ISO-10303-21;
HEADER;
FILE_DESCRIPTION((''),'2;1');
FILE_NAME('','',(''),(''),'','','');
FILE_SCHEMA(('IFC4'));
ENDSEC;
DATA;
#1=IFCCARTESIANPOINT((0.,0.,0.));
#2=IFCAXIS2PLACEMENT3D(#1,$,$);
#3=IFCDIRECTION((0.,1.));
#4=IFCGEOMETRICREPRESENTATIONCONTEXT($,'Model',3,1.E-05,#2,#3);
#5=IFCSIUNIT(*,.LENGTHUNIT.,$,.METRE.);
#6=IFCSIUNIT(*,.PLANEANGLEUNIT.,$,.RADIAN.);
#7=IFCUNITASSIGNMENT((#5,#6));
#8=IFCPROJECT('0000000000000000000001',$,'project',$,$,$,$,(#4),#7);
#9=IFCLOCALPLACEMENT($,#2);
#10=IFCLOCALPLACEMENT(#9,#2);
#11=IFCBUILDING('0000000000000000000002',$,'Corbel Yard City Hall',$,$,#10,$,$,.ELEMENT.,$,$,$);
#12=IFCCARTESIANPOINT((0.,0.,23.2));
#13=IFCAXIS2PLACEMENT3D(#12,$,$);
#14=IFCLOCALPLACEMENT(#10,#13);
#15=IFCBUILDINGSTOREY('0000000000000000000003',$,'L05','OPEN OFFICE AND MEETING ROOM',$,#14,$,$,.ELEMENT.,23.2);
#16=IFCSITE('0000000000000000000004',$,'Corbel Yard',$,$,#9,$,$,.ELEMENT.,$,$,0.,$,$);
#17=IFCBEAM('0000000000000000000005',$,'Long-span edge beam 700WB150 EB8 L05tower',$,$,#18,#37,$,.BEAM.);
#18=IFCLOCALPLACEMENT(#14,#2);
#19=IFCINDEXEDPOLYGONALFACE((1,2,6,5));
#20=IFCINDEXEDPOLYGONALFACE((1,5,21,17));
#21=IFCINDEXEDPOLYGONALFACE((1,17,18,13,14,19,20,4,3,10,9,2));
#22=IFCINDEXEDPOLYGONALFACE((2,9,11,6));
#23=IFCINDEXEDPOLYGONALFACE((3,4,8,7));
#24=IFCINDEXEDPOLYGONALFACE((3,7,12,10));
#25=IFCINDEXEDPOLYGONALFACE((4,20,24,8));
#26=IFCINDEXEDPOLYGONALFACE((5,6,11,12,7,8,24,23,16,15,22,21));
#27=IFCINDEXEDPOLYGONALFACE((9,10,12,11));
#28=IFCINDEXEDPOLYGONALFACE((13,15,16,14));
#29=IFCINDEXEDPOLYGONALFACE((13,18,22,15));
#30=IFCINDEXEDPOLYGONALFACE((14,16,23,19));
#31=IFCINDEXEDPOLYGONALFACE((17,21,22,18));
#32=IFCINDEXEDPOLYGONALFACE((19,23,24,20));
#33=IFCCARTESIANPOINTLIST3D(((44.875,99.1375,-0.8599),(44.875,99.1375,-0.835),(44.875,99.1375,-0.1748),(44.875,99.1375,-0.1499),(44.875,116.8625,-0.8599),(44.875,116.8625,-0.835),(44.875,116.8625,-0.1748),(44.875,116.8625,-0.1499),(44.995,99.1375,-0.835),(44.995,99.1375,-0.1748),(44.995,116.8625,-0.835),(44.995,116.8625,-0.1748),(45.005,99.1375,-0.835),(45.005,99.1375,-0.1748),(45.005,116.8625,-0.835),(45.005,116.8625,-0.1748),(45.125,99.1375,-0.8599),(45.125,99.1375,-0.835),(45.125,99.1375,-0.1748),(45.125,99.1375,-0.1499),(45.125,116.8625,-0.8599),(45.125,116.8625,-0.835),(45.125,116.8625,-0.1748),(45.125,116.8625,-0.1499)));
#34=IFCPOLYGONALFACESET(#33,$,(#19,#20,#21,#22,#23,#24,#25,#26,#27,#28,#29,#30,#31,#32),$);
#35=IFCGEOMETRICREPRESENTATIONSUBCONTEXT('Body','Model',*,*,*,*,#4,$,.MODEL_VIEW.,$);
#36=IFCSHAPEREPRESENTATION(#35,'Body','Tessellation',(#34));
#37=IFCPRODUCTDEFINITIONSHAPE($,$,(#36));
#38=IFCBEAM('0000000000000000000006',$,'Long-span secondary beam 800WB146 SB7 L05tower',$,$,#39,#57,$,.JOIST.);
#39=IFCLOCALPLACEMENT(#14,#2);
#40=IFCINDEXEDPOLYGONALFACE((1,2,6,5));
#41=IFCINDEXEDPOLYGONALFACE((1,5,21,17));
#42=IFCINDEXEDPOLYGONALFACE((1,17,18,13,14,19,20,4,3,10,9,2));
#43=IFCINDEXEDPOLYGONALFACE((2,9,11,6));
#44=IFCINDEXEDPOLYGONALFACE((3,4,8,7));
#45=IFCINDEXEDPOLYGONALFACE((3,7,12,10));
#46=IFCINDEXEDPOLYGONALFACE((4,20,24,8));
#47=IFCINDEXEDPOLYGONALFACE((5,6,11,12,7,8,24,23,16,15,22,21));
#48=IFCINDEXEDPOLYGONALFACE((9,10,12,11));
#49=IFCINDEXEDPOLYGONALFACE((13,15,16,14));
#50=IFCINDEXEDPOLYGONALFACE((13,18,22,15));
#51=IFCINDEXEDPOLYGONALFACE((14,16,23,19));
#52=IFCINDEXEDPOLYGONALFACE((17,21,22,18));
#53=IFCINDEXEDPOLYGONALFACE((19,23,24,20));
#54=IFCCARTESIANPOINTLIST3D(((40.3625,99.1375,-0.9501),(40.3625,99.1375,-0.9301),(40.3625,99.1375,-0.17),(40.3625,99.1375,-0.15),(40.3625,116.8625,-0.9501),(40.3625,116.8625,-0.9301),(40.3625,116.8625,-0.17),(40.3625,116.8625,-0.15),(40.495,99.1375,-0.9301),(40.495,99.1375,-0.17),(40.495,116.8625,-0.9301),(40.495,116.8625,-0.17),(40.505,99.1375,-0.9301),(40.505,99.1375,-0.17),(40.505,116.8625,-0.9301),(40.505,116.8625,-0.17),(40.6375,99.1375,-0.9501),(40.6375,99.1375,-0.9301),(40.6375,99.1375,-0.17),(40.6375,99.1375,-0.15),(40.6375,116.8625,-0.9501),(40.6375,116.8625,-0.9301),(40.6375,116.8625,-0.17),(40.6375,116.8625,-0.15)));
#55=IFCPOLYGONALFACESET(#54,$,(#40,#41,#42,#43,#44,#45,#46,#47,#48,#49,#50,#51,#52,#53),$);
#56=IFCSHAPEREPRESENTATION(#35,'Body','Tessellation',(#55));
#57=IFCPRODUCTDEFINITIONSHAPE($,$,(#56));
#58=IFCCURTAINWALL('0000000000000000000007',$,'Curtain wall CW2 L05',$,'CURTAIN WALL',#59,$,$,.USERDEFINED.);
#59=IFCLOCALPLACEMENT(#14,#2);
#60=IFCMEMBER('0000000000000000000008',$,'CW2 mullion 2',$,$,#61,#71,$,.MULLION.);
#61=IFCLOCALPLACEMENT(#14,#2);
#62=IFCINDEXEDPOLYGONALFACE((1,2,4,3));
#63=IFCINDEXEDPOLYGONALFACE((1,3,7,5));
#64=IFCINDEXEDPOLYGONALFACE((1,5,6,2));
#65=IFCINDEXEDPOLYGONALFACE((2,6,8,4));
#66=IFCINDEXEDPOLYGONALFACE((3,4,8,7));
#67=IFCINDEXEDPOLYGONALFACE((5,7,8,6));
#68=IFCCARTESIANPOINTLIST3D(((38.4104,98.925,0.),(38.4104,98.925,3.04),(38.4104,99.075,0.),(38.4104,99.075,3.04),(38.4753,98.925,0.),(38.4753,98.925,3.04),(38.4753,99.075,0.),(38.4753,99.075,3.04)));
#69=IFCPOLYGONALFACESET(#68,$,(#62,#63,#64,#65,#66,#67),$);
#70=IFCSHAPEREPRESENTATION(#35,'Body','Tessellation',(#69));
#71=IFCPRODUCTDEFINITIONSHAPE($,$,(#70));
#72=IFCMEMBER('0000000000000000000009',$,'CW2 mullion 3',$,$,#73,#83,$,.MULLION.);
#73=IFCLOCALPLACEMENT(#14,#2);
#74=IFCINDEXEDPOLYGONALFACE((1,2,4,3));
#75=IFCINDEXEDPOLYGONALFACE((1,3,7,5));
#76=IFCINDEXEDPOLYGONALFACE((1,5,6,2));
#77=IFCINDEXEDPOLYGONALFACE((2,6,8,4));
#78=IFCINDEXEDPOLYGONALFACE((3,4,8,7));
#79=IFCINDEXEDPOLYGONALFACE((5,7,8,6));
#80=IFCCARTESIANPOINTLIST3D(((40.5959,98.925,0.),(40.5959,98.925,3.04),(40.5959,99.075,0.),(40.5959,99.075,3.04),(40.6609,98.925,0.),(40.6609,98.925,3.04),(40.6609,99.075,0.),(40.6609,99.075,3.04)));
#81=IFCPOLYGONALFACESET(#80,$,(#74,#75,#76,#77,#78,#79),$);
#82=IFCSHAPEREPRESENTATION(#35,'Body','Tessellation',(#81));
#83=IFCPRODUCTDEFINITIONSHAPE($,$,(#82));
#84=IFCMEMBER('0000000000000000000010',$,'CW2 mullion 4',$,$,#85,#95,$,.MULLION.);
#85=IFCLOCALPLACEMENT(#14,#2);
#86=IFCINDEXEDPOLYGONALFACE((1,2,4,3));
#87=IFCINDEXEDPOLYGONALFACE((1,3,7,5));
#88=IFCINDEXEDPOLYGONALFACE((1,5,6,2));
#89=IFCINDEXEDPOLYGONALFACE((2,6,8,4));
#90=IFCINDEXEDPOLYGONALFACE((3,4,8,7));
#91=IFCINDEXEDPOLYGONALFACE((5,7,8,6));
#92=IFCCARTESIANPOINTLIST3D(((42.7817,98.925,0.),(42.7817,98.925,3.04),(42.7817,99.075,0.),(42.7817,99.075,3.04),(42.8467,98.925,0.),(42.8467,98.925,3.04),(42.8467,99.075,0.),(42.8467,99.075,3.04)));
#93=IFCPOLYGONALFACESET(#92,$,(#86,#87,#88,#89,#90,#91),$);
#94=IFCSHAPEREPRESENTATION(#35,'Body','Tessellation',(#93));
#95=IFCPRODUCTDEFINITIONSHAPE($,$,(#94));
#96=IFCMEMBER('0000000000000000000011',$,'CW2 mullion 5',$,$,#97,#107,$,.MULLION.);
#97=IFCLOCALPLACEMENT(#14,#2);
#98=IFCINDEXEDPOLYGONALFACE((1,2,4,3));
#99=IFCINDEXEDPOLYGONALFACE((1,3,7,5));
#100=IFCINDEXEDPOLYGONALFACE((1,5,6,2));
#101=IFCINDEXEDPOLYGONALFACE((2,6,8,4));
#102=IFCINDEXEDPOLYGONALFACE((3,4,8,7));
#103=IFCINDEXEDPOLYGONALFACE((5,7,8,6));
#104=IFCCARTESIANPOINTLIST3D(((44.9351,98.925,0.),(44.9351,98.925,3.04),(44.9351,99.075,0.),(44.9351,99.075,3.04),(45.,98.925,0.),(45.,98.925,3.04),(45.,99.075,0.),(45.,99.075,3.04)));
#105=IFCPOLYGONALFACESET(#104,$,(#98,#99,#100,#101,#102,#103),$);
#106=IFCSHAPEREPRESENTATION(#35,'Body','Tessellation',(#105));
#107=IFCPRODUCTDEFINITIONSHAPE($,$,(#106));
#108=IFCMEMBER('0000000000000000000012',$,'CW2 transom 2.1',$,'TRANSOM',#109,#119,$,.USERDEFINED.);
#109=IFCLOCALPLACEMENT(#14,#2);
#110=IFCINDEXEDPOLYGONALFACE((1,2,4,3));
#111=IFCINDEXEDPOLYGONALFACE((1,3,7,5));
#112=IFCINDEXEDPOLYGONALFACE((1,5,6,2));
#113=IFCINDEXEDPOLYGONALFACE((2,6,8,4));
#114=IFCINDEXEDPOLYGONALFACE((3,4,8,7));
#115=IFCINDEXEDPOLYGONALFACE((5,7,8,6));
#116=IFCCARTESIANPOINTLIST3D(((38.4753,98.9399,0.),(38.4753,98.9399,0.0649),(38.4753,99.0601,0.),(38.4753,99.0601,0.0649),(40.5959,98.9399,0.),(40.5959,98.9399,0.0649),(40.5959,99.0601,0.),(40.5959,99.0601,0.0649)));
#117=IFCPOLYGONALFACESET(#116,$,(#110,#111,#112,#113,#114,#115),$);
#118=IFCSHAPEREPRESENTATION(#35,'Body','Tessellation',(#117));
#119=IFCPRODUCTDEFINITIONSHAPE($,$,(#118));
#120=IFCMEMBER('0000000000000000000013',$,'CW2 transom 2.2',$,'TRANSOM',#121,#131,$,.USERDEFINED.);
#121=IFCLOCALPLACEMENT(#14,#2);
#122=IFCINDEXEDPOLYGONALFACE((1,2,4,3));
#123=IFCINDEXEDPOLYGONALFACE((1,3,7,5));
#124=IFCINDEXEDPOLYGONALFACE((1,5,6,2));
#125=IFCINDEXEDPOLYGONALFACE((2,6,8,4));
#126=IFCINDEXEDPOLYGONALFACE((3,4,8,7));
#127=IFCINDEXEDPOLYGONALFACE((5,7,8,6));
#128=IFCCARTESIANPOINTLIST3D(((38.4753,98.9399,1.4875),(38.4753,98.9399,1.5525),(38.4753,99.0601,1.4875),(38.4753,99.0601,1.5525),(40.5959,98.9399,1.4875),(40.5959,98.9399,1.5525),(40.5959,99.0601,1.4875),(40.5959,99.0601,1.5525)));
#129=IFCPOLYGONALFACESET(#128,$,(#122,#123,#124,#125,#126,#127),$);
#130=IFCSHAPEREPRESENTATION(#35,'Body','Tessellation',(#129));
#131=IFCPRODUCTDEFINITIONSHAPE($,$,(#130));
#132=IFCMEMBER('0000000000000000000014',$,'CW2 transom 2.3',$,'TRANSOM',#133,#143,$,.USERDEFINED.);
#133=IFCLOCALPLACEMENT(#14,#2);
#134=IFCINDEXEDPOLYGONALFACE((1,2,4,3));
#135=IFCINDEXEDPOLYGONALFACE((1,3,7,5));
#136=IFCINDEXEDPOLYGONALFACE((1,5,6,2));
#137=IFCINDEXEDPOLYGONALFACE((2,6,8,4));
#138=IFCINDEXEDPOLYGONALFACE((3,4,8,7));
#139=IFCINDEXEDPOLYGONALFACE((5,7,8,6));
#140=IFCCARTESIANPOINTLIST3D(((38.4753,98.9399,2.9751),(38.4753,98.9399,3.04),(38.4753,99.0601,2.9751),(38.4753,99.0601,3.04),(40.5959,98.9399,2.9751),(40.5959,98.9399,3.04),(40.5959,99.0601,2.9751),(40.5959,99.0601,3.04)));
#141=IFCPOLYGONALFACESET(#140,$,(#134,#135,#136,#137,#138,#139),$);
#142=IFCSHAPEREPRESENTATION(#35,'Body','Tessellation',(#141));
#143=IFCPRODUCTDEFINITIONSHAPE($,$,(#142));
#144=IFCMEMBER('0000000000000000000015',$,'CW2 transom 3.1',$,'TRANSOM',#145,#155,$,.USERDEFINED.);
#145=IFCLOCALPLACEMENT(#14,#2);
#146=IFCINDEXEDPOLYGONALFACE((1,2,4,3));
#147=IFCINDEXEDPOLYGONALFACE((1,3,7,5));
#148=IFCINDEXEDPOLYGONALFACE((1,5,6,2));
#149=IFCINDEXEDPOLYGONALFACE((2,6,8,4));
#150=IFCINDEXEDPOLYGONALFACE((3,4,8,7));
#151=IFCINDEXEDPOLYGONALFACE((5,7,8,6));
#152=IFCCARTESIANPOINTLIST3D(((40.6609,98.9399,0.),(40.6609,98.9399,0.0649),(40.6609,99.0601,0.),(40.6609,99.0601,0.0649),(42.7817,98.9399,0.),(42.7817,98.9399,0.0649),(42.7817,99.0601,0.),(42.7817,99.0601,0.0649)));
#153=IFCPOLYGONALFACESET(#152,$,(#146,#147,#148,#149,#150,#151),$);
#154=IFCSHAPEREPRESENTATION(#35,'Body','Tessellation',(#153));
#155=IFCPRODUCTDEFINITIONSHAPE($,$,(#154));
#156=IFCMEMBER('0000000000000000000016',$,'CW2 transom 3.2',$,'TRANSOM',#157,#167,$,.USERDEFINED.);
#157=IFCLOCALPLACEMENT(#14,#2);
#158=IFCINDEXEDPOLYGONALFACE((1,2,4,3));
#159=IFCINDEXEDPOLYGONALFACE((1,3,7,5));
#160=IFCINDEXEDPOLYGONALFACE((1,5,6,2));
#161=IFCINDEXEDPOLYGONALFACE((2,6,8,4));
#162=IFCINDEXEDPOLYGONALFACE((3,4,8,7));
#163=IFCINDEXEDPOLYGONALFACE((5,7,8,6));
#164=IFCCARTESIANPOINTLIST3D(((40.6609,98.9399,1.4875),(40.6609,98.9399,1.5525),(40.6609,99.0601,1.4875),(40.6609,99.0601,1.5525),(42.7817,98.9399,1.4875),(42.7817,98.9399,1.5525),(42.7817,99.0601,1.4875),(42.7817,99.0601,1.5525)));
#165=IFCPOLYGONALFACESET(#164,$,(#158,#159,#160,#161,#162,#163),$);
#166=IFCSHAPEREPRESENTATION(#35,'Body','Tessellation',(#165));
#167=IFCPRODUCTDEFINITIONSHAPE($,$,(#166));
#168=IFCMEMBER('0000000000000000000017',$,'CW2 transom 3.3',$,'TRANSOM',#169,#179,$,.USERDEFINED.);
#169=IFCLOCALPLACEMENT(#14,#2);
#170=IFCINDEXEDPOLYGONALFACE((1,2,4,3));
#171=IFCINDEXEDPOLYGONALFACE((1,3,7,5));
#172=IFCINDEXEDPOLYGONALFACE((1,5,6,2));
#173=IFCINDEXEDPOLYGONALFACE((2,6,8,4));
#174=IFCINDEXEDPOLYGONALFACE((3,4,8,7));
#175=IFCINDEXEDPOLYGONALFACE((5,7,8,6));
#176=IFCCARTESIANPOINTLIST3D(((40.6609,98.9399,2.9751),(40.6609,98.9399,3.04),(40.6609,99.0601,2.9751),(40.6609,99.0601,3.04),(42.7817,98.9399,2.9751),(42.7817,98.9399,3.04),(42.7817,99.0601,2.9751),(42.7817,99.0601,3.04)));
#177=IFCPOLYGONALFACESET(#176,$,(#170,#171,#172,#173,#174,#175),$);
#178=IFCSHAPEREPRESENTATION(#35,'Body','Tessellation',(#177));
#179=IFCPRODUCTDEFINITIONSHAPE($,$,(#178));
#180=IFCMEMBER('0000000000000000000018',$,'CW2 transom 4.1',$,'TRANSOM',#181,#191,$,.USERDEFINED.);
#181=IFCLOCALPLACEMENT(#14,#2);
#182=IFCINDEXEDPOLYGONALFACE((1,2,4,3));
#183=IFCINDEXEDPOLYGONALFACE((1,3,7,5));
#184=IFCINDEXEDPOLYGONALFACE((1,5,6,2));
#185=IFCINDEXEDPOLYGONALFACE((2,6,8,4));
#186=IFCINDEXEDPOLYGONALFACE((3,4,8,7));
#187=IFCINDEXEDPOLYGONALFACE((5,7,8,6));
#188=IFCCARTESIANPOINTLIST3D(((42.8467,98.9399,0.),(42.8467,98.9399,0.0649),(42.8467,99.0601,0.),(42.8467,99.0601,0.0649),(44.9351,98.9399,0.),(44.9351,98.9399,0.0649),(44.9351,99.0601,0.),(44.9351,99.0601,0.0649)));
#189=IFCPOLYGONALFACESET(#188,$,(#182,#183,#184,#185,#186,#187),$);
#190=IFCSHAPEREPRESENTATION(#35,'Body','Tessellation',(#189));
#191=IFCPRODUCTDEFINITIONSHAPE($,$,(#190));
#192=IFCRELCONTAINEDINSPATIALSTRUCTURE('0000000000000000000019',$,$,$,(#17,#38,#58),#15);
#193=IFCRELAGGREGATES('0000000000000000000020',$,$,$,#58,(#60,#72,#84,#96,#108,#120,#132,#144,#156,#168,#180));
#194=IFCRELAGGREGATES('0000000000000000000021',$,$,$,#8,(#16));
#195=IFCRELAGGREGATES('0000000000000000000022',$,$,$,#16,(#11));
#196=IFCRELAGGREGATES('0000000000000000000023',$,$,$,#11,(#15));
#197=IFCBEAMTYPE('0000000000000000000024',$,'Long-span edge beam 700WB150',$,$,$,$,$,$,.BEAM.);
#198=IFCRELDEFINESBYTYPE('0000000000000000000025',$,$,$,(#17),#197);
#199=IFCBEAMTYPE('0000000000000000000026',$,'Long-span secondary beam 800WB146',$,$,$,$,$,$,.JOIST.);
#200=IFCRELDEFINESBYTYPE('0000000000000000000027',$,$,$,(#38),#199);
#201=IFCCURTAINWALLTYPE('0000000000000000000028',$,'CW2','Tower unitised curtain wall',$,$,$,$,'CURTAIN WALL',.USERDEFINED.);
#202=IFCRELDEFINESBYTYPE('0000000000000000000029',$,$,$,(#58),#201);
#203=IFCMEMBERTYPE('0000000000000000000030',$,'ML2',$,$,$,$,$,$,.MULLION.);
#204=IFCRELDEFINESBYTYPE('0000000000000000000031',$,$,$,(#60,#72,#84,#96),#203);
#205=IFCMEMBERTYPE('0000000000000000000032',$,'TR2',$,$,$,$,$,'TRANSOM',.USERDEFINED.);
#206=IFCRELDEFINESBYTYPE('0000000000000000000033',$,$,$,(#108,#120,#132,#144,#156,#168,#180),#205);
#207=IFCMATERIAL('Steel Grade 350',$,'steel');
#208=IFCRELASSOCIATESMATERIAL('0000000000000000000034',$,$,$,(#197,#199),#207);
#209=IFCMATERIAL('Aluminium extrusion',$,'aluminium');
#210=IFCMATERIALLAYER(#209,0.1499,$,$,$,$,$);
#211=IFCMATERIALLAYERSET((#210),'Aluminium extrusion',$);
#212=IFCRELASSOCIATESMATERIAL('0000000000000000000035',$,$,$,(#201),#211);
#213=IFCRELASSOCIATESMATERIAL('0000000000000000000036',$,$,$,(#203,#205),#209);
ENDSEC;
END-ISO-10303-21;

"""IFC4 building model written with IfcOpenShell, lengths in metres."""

from ifc_helpers import new_model, si_unit, direction, frame, origin, origin_2d, place, context, subcontext, project, spatial, rectangle, i_section, extrude, material, layer, layer_set, material_profile, profile_set, type_object, element, aggregate, save


model = new_model("IFC4")

# Units and contexts
model_context = context("Model", 3, precision=1e-05, world=origin(), true_north=direction((0.0, 1.0)))
body_context = subcontext(model_context, "Body", "Model", "MODEL_VIEW")
ifc_project = project(units=[si_unit("LENGTHUNIT", "METRE"), si_unit("PLANEANGLEUNIT", "RADIAN")], contexts=[model_context])

# Site, building, storey
site_placement = place(None, origin())
site = spatial("IfcSite", under=ifc_project, at=site_placement, Name="Corbel Yard", CompositionType="ELEMENT", RefElevation=0.0)
building_placement = place(site_placement, origin())
building = spatial("IfcBuilding", under=site, at=building_placement, Name="Corbel Yard City Hall", CompositionType="ELEMENT")
storey_placement = place(building_placement, frame((0.0, 0.0, 23.2)))
storey = spatial("IfcBuildingStorey", under=building, at=storey_placement, Name="L05", Description="OPEN OFFICE AND MEETING ROOM", CompositionType="ELEMENT", Elevation=23.2)

# Beams
ifc_material_1 = material(Name="Steel Grade 350", Category="steel")
ifc_material_profile_1 = material_profile(ifc_material_1, i_section(OverallWidth=0.25, OverallDepth=0.71, WebThickness=0.01, FlangeThickness=0.0249, at=origin_2d()), Name="700WB150")
ifc_profile_set_1 = profile_set([ifc_material_profile_1], Name="Steel Grade 350")
beam_type_1 = type_object("IfcBeamType", Name="Long-span edge beam 700WB150", PredefinedType="BEAM", material=ifc_profile_set_1)
beam_1_placement = place(storey_placement, frame((45.0, 99.1375, -0.5049), z_axis=(0.0, 1.0, 0.0), x_axis=(-1.0, 0.0, 0.0)))
element("IfcBeam", 1, at=beam_1_placement, inside=storey, type_object=beam_type_1, Name="Long-span edge beam 700WB150 EB8 L05tower", PredefinedType="BEAM", context=body_context, shape_type="SweptSolid", body=[
    extrude(i_section(OverallWidth=0.25, OverallDepth=0.71, WebThickness=0.01, FlangeThickness=0.0249, at=origin_2d()), origin(), (0.0, 0.0, 1.0), 17.7251),
])
ifc_material_profile_2 = material_profile(ifc_material_1, i_section(OverallWidth=0.2749, OverallDepth=0.8, WebThickness=0.01, FlangeThickness=0.02, at=origin_2d()), Name="800WB146")
ifc_profile_set_2 = profile_set([ifc_material_profile_2], Name="Steel Grade 350")
beam_type_2 = type_object("IfcBeamType", Name="Long-span secondary beam 800WB146", PredefinedType="JOIST", material=ifc_profile_set_2)
beam_2_placement = place(storey_placement, frame((40.5, 99.1375, -0.55), z_axis=(0.0, 1.0, 0.0), x_axis=(-1.0, 0.0, 0.0)))
element("IfcBeam", 2, at=beam_2_placement, inside=storey, type_object=beam_type_2, Name="Long-span secondary beam 800WB146 SB7 L05tower", PredefinedType="JOIST", context=body_context, shape_type="SweptSolid", body=[
    extrude(i_section(OverallWidth=0.2749, OverallDepth=0.8, WebThickness=0.01, FlangeThickness=0.02, at=origin_2d()), origin(), (0.0, 0.0, 1.0), 17.7251),
])

# Curtain wall, members
ifc_material_2 = material(Name="Aluminium extrusion", Category="aluminium")
ifc_layer_1 = layer(ifc_material_2, 0.1499)
ifc_layer_set_1 = layer_set([ifc_layer_1], Name="Aluminium extrusion")
curtain_wall_type = type_object("IfcCurtainWallType", Name="CW2", Description="Tower unitised curtain wall", ElementType="CURTAIN WALL", PredefinedType="USERDEFINED", material=ifc_layer_set_1)
curtain_wall_placement = place(storey_placement, origin())
curtain_wall = element("IfcCurtainWall", 3, at=curtain_wall_placement, inside=storey, type_object=curtain_wall_type, Name="Curtain wall CW2 L05", ObjectType="CURTAIN WALL", PredefinedType="USERDEFINED")
ifc_material_profile_3 = material_profile(ifc_material_2, rectangle(XDim=0.1499, YDim=0.0649, at=origin_2d()), Name="150x65")
ifc_profile_set_3 = profile_set([ifc_material_profile_3], Name="Aluminium extrusion")
member_type_1 = type_object("IfcMemberType", Name="ML2", PredefinedType="MULLION", material=ifc_profile_set_3)
member_1_placement = place(storey_placement, frame((38.4429, 99.0, 0.0), z_axis=(0.0, 0.0, 1.0), x_axis=(0.0, 1.0, 0.0)))
member_1 = element("IfcMember", 4, at=member_1_placement, type_object=member_type_1, Name="CW2 mullion 2", PredefinedType="MULLION", context=body_context, shape_type="SweptSolid", body=[
    extrude(rectangle(XDim=0.1499, YDim=0.0649, at=origin_2d()), origin(), (0.0, 0.0, 1.0), 3.04),
])
member_2_placement = place(storey_placement, frame((40.6284, 99.0, 0.0), z_axis=(0.0, 0.0, 1.0), x_axis=(0.0, 1.0, 0.0)))
member_2 = element("IfcMember", 5, at=member_2_placement, type_object=member_type_1, Name="CW2 mullion 3", PredefinedType="MULLION", context=body_context, shape_type="SweptSolid", body=[
    extrude(rectangle(XDim=0.1499, YDim=0.0649, at=origin_2d()), origin(), (0.0, 0.0, 1.0), 3.04),
])
member_3_placement = place(storey_placement, frame((42.8142, 99.0, 0.0), z_axis=(0.0, 0.0, 1.0), x_axis=(0.0, 1.0, 0.0)))
member_3 = element("IfcMember", 6, at=member_3_placement, type_object=member_type_1, Name="CW2 mullion 4", PredefinedType="MULLION", context=body_context, shape_type="SweptSolid", body=[
    extrude(rectangle(XDim=0.1499, YDim=0.0649, at=origin_2d()), origin(), (0.0, 0.0, 1.0), 3.04),
])
member_4_placement = place(storey_placement, frame((44.9675, 99.0, 0.0), z_axis=(0.0, 0.0, 1.0), x_axis=(0.0, 1.0, 0.0)))
member_4 = element("IfcMember", 7, at=member_4_placement, type_object=member_type_1, Name="CW2 mullion 5", PredefinedType="MULLION", context=body_context, shape_type="SweptSolid", body=[
    extrude(rectangle(XDim=0.1499, YDim=0.0649, at=origin_2d()), origin(), (0.0, 0.0, 1.0), 3.04),
])
ifc_material_profile_4 = material_profile(ifc_material_2, rectangle(XDim=0.1201, YDim=0.0649, at=origin_2d()), Name="120x65")
ifc_profile_set_4 = profile_set([ifc_material_profile_4], Name="Aluminium extrusion")
member_type_2 = type_object("IfcMemberType", Name="TR2", ElementType="TRANSOM", PredefinedType="USERDEFINED", material=ifc_profile_set_4)
member_5_placement = place(storey_placement, frame((38.4753, 99.0, 0.0325), z_axis=(1.0, 0.0, 0.0), x_axis=(0.0, 1.0, 0.0)))
member_5 = element("IfcMember", 8, at=member_5_placement, type_object=member_type_2, Name="CW2 transom 2.1", ObjectType="TRANSOM", PredefinedType="USERDEFINED", context=body_context, shape_type="SweptSolid", body=[
    extrude(rectangle(XDim=0.1201, YDim=0.0649, at=origin_2d()), origin(), (0.0, 0.0, 1.0), 2.1206),
])
member_6_placement = place(storey_placement, frame((38.4753, 99.0, 1.52), z_axis=(1.0, 0.0, 0.0), x_axis=(0.0, 1.0, 0.0)))
member_6 = element("IfcMember", 9, at=member_6_placement, type_object=member_type_2, Name="CW2 transom 2.2", ObjectType="TRANSOM", PredefinedType="USERDEFINED", context=body_context, shape_type="SweptSolid", body=[
    extrude(rectangle(XDim=0.1201, YDim=0.0649, at=origin_2d()), origin(), (0.0, 0.0, 1.0), 2.1206),
])
member_7_placement = place(storey_placement, frame((38.4753, 99.0, 3.0076), z_axis=(1.0, 0.0, 0.0), x_axis=(0.0, 1.0, 0.0)))
member_7 = element("IfcMember", 10, at=member_7_placement, type_object=member_type_2, Name="CW2 transom 2.3", ObjectType="TRANSOM", PredefinedType="USERDEFINED", context=body_context, shape_type="SweptSolid", body=[
    extrude(rectangle(XDim=0.1201, YDim=0.0649, at=origin_2d()), origin(), (0.0, 0.0, 1.0), 2.1206),
])
member_8_placement = place(storey_placement, frame((40.6609, 99.0, 0.0325), z_axis=(1.0, 0.0, 0.0), x_axis=(0.0, 1.0, 0.0)))
member_8 = element("IfcMember", 11, at=member_8_placement, type_object=member_type_2, Name="CW2 transom 3.1", ObjectType="TRANSOM", PredefinedType="USERDEFINED", context=body_context, shape_type="SweptSolid", body=[
    extrude(rectangle(XDim=0.1201, YDim=0.0649, at=origin_2d()), origin(), (0.0, 0.0, 1.0), 2.1208),
])
member_9_placement = place(storey_placement, frame((40.6609, 99.0, 1.52), z_axis=(1.0, 0.0, 0.0), x_axis=(0.0, 1.0, 0.0)))
member_9 = element("IfcMember", 12, at=member_9_placement, type_object=member_type_2, Name="CW2 transom 3.2", ObjectType="TRANSOM", PredefinedType="USERDEFINED", context=body_context, shape_type="SweptSolid", body=[
    extrude(rectangle(XDim=0.1201, YDim=0.0649, at=origin_2d()), origin(), (0.0, 0.0, 1.0), 2.1208),
])
member_10_placement = place(storey_placement, frame((40.6609, 99.0, 3.0076), z_axis=(1.0, 0.0, 0.0), x_axis=(0.0, 1.0, 0.0)))
member_10 = element("IfcMember", 13, at=member_10_placement, type_object=member_type_2, Name="CW2 transom 3.3", ObjectType="TRANSOM", PredefinedType="USERDEFINED", context=body_context, shape_type="SweptSolid", body=[
    extrude(rectangle(XDim=0.1201, YDim=0.0649, at=origin_2d()), origin(), (0.0, 0.0, 1.0), 2.1208),
])
member_11_placement = place(storey_placement, frame((42.8467, 99.0, 0.0325), z_axis=(1.0, 0.0, 0.0), x_axis=(0.0, 1.0, 0.0)))
member_11 = element("IfcMember", 14, at=member_11_placement, type_object=member_type_2, Name="CW2 transom 4.1", ObjectType="TRANSOM", PredefinedType="USERDEFINED", context=body_context, shape_type="SweptSolid", body=[
    extrude(rectangle(XDim=0.1201, YDim=0.0649, at=origin_2d()), origin(), (0.0, 0.0, 1.0), 2.0884),
])
aggregate(curtain_wall, [member_1, member_2, member_3, member_4, member_5, member_6, member_7, member_8, member_9, member_10, member_11])

save(model, "model.ifc")
